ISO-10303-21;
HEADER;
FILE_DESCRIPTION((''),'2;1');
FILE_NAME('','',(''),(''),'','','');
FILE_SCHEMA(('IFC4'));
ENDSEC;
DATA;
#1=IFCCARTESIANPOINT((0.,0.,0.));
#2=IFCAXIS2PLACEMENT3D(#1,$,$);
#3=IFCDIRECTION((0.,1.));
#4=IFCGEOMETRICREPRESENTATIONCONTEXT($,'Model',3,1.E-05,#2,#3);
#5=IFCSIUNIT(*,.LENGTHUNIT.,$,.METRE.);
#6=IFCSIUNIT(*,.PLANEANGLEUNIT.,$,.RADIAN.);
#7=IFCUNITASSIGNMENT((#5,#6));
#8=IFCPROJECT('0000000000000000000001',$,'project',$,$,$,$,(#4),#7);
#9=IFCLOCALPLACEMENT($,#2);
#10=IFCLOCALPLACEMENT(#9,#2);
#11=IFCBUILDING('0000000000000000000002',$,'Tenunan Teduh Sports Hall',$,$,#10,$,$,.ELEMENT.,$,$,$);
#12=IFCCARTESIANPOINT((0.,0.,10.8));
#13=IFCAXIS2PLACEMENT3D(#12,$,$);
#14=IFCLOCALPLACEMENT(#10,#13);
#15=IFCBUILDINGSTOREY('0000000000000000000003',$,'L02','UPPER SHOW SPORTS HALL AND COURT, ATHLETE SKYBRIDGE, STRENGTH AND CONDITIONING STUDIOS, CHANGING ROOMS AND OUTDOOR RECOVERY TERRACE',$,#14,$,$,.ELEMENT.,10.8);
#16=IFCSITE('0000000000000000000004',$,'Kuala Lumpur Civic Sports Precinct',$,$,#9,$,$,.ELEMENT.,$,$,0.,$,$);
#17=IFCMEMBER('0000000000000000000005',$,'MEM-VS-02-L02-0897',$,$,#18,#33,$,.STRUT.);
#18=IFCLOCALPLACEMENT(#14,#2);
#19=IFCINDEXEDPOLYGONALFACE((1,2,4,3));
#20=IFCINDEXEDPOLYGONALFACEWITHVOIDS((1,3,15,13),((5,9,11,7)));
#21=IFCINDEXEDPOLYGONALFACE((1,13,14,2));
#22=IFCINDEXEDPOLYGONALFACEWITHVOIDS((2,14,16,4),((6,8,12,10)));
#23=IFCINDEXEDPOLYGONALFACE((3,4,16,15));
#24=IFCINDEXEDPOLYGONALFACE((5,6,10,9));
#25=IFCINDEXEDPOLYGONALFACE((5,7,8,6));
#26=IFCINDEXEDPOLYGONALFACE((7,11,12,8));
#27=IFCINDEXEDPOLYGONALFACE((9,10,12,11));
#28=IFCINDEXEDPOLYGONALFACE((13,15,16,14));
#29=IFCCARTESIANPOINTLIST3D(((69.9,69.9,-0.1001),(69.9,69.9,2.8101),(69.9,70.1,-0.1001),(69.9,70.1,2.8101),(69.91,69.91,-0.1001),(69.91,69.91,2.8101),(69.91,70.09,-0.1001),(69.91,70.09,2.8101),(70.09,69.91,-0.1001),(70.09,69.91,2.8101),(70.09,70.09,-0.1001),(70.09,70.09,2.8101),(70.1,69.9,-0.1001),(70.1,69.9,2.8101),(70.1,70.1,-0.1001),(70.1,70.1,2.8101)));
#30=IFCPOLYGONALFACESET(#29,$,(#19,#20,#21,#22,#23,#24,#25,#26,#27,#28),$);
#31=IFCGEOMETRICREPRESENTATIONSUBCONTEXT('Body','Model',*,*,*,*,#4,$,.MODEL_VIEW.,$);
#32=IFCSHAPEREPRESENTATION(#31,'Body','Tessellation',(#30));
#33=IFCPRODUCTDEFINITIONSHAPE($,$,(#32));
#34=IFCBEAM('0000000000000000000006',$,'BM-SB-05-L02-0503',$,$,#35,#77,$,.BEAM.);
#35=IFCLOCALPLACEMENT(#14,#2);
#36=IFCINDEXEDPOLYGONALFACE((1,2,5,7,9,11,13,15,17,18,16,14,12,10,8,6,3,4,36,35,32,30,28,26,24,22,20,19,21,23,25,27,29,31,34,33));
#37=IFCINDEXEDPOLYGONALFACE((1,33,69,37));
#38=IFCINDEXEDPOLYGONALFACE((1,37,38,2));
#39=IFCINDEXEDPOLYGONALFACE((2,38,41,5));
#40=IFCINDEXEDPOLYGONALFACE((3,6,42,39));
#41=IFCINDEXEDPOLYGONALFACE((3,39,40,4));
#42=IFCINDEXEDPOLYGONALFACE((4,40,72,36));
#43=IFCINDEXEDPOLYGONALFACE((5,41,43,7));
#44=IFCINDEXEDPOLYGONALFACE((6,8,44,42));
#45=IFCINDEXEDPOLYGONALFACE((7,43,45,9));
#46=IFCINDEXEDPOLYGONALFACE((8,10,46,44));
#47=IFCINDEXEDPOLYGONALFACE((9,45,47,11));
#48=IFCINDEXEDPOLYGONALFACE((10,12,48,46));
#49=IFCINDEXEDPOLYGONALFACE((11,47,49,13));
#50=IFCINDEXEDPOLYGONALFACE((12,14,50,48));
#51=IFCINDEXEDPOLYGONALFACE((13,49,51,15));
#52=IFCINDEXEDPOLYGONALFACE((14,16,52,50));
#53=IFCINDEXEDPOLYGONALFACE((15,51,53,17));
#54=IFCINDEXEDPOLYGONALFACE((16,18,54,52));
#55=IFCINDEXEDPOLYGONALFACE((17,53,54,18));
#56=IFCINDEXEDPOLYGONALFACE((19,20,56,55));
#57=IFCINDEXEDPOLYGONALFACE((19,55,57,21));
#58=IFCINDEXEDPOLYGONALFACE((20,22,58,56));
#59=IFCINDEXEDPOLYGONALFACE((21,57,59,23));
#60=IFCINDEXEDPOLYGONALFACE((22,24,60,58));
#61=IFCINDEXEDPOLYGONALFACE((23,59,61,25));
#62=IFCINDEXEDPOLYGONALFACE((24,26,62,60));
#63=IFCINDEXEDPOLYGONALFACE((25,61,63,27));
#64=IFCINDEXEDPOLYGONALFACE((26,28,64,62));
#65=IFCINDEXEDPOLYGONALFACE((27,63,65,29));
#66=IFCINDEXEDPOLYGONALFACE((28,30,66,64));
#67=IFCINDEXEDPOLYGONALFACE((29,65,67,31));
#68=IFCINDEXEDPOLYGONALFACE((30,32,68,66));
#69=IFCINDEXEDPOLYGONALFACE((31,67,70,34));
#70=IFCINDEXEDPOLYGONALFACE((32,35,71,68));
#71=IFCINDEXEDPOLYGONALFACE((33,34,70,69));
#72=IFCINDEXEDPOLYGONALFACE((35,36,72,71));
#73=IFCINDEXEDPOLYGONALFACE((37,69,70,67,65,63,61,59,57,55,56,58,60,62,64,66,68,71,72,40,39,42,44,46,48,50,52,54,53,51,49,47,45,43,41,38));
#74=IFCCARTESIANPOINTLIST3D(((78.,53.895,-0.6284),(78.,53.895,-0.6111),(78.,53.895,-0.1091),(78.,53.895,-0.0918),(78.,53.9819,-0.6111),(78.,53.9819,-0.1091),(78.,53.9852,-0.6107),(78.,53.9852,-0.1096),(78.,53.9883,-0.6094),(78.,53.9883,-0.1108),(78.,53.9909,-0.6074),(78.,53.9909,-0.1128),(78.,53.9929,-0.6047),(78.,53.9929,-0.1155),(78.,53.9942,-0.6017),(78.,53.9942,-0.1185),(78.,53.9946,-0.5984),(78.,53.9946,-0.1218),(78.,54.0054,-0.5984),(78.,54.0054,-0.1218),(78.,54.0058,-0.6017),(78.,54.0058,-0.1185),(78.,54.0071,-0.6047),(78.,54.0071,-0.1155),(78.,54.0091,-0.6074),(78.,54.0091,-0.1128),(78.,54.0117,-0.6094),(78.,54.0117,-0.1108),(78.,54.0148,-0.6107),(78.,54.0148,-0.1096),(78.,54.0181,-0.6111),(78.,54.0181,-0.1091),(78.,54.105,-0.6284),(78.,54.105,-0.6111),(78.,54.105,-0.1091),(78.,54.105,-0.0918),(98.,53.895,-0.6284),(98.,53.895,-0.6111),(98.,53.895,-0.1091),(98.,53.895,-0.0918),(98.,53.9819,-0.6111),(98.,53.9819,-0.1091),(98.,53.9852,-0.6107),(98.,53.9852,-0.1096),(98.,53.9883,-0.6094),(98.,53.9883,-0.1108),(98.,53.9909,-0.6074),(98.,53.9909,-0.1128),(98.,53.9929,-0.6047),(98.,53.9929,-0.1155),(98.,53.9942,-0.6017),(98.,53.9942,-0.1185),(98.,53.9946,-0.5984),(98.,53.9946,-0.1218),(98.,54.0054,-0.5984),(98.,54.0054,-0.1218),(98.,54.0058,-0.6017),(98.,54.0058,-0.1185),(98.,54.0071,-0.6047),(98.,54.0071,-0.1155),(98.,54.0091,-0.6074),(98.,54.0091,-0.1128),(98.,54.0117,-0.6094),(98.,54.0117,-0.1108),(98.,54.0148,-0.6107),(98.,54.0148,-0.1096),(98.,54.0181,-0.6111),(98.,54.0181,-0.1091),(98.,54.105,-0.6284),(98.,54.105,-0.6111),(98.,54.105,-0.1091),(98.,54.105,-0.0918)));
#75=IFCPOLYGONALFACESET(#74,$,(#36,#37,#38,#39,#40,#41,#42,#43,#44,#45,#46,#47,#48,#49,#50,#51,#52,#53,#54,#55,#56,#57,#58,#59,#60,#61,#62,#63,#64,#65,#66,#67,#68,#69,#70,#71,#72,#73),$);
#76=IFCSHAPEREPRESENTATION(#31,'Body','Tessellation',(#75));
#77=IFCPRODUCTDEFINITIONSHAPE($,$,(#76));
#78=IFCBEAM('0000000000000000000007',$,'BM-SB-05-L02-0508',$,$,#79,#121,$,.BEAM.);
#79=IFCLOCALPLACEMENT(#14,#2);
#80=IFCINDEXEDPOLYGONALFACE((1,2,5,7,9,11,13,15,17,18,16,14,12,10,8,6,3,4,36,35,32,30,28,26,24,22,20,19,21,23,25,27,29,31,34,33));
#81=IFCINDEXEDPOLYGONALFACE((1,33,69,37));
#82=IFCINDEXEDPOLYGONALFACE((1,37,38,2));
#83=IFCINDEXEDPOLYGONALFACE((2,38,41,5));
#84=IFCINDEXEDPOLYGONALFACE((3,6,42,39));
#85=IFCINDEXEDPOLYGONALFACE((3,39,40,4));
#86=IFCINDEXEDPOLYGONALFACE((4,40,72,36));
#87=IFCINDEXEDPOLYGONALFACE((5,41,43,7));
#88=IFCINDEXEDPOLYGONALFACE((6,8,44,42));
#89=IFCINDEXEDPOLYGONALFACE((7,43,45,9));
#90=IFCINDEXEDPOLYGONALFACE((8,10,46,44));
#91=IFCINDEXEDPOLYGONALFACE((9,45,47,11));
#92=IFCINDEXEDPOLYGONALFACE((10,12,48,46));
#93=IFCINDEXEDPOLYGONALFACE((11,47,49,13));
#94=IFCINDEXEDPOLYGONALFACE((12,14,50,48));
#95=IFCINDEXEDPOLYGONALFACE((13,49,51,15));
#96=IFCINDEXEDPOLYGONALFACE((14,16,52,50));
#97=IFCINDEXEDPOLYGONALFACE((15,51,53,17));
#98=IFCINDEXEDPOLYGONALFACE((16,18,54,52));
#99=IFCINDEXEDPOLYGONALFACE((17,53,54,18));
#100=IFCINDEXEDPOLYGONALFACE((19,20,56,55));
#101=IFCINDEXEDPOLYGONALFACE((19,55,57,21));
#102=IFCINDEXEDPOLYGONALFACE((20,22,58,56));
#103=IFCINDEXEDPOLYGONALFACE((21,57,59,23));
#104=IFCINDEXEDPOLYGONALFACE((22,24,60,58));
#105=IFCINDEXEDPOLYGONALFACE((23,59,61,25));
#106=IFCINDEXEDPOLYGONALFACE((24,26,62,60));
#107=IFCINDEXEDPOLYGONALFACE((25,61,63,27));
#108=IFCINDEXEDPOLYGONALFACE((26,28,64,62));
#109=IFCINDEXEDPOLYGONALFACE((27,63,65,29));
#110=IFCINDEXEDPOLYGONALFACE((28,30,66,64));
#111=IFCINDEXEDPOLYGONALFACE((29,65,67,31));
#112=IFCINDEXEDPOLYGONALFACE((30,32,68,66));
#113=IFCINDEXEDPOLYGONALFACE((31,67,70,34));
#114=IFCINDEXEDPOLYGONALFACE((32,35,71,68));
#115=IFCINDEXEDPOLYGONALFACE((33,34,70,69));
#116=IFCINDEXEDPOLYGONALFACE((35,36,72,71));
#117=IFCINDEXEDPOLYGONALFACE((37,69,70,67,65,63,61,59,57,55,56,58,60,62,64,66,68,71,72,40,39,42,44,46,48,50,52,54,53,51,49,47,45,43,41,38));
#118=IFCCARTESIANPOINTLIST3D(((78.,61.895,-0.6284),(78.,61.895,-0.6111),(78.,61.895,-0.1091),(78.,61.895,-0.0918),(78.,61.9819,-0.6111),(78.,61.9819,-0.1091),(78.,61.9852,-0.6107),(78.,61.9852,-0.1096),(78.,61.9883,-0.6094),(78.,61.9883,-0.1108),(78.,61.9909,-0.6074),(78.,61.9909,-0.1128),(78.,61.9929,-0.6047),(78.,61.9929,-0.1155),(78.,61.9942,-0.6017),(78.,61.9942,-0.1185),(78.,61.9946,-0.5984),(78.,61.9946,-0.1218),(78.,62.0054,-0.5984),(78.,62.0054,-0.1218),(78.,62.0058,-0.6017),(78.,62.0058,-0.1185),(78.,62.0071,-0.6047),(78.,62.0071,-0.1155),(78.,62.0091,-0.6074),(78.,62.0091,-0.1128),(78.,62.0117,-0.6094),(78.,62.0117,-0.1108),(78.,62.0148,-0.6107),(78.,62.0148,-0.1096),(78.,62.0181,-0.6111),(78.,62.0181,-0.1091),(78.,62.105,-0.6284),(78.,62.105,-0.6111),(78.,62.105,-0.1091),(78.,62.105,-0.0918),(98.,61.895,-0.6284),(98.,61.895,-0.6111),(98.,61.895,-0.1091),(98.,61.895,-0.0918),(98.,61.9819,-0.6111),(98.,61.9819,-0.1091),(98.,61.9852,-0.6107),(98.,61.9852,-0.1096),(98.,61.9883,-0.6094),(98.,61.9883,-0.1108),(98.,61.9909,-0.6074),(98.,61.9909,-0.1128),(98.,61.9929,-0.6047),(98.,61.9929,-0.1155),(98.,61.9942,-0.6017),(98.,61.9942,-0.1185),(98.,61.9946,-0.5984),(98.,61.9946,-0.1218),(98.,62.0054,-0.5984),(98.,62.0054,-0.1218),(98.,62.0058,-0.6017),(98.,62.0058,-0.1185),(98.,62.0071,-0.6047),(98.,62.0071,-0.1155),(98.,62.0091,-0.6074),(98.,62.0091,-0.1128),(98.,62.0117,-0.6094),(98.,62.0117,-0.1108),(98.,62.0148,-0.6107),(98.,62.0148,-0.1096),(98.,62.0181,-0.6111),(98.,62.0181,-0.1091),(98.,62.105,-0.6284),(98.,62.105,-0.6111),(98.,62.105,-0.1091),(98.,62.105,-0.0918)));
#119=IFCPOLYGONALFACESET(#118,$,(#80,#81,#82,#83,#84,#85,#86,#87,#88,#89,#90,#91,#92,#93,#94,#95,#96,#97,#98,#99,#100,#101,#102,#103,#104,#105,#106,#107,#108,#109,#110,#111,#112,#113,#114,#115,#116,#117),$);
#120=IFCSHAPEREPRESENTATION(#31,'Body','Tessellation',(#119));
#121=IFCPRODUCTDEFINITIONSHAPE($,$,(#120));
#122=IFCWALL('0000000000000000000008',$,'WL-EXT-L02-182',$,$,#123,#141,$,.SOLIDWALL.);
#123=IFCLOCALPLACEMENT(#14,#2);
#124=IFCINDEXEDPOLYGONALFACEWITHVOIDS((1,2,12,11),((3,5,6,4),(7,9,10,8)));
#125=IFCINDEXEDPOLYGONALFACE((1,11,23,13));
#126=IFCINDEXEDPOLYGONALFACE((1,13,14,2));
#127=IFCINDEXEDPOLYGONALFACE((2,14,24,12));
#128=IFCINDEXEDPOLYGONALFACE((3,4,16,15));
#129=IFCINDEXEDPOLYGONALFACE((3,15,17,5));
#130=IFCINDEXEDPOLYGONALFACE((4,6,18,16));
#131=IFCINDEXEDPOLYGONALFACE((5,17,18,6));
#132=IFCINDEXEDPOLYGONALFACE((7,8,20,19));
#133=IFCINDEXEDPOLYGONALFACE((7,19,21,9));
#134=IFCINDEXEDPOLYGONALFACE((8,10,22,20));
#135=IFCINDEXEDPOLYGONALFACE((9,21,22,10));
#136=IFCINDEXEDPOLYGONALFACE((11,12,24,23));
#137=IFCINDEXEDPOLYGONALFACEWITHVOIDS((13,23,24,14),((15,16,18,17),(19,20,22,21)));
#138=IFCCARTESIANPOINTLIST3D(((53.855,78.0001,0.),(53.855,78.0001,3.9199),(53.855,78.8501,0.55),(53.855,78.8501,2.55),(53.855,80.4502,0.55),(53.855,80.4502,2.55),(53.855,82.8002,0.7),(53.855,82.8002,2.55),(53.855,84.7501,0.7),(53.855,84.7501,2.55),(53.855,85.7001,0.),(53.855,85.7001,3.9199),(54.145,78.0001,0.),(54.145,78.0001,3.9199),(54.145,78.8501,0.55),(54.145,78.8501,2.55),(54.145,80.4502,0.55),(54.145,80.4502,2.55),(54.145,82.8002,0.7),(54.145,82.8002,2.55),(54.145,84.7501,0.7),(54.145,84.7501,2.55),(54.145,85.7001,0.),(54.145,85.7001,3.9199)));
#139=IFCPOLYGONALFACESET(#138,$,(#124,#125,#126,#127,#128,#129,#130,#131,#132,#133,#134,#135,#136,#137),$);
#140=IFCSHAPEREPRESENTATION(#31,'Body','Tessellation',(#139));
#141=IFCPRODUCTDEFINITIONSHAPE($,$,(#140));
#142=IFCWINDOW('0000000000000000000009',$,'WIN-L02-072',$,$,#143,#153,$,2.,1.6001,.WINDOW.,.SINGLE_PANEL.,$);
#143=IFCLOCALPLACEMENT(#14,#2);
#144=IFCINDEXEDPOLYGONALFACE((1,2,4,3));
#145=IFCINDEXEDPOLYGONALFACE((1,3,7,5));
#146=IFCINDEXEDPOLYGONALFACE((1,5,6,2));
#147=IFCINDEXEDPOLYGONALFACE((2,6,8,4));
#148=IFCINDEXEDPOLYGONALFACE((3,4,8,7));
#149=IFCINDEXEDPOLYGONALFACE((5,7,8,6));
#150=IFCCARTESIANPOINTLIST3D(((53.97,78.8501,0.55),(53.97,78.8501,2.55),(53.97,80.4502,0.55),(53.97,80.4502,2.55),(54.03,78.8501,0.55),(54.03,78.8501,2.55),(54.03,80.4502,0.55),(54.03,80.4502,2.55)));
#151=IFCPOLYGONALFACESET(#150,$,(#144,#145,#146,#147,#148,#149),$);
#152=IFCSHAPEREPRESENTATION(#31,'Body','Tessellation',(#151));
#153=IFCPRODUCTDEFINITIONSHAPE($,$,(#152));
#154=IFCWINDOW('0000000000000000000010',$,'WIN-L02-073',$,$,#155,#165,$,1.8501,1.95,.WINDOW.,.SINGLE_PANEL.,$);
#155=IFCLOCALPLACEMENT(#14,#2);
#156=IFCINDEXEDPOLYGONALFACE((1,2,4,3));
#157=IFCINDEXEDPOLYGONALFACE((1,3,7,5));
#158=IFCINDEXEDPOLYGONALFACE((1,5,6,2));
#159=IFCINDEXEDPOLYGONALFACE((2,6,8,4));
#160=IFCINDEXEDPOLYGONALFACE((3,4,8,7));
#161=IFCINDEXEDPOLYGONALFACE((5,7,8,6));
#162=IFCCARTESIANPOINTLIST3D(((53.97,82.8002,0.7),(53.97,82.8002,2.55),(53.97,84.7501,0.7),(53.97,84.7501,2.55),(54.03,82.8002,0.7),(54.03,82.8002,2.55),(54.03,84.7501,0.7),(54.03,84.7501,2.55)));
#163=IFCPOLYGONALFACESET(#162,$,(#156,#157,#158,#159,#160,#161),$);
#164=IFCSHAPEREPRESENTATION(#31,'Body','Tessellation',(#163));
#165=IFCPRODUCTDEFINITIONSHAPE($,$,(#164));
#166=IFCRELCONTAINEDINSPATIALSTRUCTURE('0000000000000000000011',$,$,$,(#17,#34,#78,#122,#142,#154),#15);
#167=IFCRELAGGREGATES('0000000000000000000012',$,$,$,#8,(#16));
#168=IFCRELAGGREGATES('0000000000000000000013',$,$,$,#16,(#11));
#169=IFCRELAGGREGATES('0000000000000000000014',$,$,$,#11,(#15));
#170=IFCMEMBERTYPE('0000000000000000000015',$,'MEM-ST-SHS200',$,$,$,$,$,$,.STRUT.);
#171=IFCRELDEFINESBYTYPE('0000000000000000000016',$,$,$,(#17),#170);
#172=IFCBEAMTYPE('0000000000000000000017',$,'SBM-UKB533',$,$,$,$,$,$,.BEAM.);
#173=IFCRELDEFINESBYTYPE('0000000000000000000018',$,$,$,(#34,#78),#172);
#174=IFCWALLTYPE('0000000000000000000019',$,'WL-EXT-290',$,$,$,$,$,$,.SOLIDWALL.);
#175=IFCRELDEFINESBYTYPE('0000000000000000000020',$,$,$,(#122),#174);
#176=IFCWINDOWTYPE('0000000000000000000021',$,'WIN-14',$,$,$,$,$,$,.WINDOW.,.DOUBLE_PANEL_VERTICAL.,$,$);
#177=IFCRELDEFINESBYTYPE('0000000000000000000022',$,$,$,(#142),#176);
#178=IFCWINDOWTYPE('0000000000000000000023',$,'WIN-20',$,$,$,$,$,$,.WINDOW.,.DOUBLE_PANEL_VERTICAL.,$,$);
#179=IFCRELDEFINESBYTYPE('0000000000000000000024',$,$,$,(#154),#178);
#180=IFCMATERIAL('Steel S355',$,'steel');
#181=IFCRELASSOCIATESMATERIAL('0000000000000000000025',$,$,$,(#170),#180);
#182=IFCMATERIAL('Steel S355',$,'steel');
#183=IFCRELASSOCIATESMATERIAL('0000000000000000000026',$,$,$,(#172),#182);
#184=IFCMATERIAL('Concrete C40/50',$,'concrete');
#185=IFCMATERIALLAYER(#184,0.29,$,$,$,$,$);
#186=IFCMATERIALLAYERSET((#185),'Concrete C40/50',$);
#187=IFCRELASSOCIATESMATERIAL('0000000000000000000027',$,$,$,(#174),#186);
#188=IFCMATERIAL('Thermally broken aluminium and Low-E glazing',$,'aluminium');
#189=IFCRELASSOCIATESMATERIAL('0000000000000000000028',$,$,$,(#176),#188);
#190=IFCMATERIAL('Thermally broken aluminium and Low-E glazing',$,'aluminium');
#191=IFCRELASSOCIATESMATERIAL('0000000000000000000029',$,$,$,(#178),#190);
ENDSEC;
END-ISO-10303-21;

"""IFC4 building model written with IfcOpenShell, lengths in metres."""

from ifc_helpers import new_model, si_unit, direction, frame, frame_2d, origin, origin_2d, place, context, subcontext, project, spatial, rectangle, hollow_rectangle, i_section, extrude, material, layer, layer_set, material_profile, profile_set, type_object, element, fill, save


model = new_model("IFC4")

# Units and contexts
model_context = context("Model", 3, precision=1e-05, world=origin(), true_north=direction((0.0, 1.0)))
body_context = subcontext(model_context, "Body", "Model", "MODEL_VIEW")
ifc_project = project(units=[si_unit("LENGTHUNIT", "METRE"), si_unit("PLANEANGLEUNIT", "RADIAN")], contexts=[model_context])

# Site, building, storey
site_placement = place(None, origin())
site = spatial("IfcSite", under=ifc_project, at=site_placement, Name="Kuala Lumpur Civic Sports Precinct", CompositionType="ELEMENT", RefElevation=0.0)
building_placement = place(site_placement, origin())
building = spatial("IfcBuilding", under=site, at=building_placement, Name="Tenunan Teduh Sports Hall", CompositionType="ELEMENT")
storey_placement = place(building_placement, frame((0.0, 0.0, 10.8)))
storey = spatial("IfcBuildingStorey", under=building, at=storey_placement, Name="L02", Description="UPPER SHOW SPORTS HALL AND COURT, ATHLETE SKYBRIDGE, STRENGTH AND CONDITIONING STUDIOS, CHANGING ROOMS AND OUTDOOR RECOVERY TERRACE", CompositionType="ELEMENT", Elevation=10.8)

# Member
ifc_material_1 = material(Name="Steel S355", Category="steel")
ifc_material_profile_1 = material_profile(ifc_material_1, hollow_rectangle(XDim=0.2, YDim=0.2, WallThickness=0.01, at=origin_2d()), Name="SHS 200x200x10.0")
ifc_profile_set_1 = profile_set([ifc_material_profile_1], Name="Steel S355")
member_type_1 = type_object("IfcMemberType", Name="MEM-ST-SHS200", PredefinedType="STRUT", material=ifc_profile_set_1)
member_1_placement = place(storey_placement, frame((70.0, 70.0, -0.1001), z_axis=(0.0, 0.0, 1.0), x_axis=(1.0, 0.0, 0.0)))
element("IfcMember", 1, at=member_1_placement, inside=storey, type_object=member_type_1, Name="MEM-VS-02-L02-0897", PredefinedType="STRUT", context=body_context, shape_type="SweptSolid", body=[
    extrude(hollow_rectangle(XDim=0.2, YDim=0.2, WallThickness=0.01, at=origin_2d()), origin(), (0.0, 0.0, 1.0), 2.9102),
])

# Beams
ifc_material_2 = material(Name="Steel S355", Category="steel")
ifc_material_profile_2 = material_profile(ifc_material_2, i_section(OverallWidth=0.21, OverallDepth=0.5366, WebThickness=0.0107, FlangeThickness=0.0173, FilletRadius=0.0127, at=origin_2d()), Name="UKB 533x210x101")
ifc_profile_set_2 = profile_set([ifc_material_profile_2], Name="Steel S355")
beam_type_1 = type_object("IfcBeamType", Name="SBM-UKB533", PredefinedType="BEAM", material=ifc_profile_set_2)
for number, where, z_axis, x_axis, name in (
    (2, (78.0, 54.0, -0.3601), (1.0, 0.0, 0.0), (0.0, 1.0, 0.0), "BM-SB-05-L02-0503"),
    (3, (78.0, 62.0, -0.3601), (1.0, 0.0, 0.0), (0.0, 1.0, 0.0), "BM-SB-05-L02-0508"),
):
    element("IfcBeam", number, at=place(storey_placement, frame(where, z_axis=z_axis, x_axis=x_axis)), inside=storey, type_object=beam_type_1, Name=name, PredefinedType="BEAM", context=body_context, shape_type="SweptSolid", body=[
        extrude(i_section(OverallWidth=0.21, OverallDepth=0.5366, WebThickness=0.0107, FlangeThickness=0.0173, FilletRadius=0.0127, at=origin_2d()), origin(), (0.0, 0.0, 1.0), 20.0),
    ])

# Wall, openings, windows
ifc_material_3 = material(Name="Concrete C40/50", Category="concrete")
ifc_layer = layer(ifc_material_3, 0.29)
ifc_layer_set = layer_set([ifc_layer], Name="Concrete C40/50")
wall_type = type_object("IfcWallType", Name="WL-EXT-290", PredefinedType="SOLIDWALL", material=ifc_layer_set)
wall_placement = place(storey_placement, frame((54.0, 78.0, 0.0), z_axis=(0.0, 0.0, 1.0), x_axis=(0.0, 1.0, 0.0)))
wall = element("IfcWall", 4, at=wall_placement, inside=storey, type_object=wall_type, Name="WL-EXT-L02-182", PredefinedType="SOLIDWALL", context=body_context, shape_type="SweptSolid", body=[
    extrude(rectangle(XDim=7.7, YDim=0.29, at=frame_2d((3.8501, 0.0))), origin(), (0.0, 0.0, 1.0), 3.9199),
])
opening_1_placement = place(wall_placement, frame((0.8501, 0.0, 0.55)))
opening_1 = element("IfcOpeningElement", 5, at=opening_1_placement, cuts=wall, PredefinedType="OPENING", context=body_context, shape_type="SweptSolid", body=[
    extrude(rectangle(XDim=1.6001, YDim=2.0, at=frame_2d((0.8, 1.0))), frame((0.0, 0.155, 0.0), z_axis=(0.0, -1.0, 0.0), x_axis=(1.0, 0.0, 0.0)), (0.0, 0.0, 1.0), 0.3101),
])
opening_2_placement = place(wall_placement, frame((4.8, 0.0, 0.7)))
opening_2 = element("IfcOpeningElement", 6, at=opening_2_placement, cuts=wall, PredefinedType="OPENING", context=body_context, shape_type="SweptSolid", body=[
    extrude(rectangle(XDim=1.95, YDim=1.8501, at=frame_2d((0.9751, 0.925))), frame((0.0, 0.155, 0.0), z_axis=(0.0, -1.0, 0.0), x_axis=(1.0, 0.0, 0.0)), (0.0, 0.0, 1.0), 0.3101),
])
ifc_material_4 = material(Name="Thermally broken aluminium and Low-E glazing", Category="aluminium")
window_type_1 = type_object("IfcWindowType", Name="WIN-14", PartitioningType="DOUBLE_PANEL_VERTICAL", PredefinedType="WINDOW", material=ifc_material_4)
window_1_placement = place(opening_1_placement, origin())
window_1 = element("IfcWindow", 7, at=window_1_placement, inside=storey, type_object=window_type_1, Name="WIN-L02-072", OverallHeight=2.0, OverallWidth=1.6001, PartitioningType="SINGLE_PANEL", PredefinedType="WINDOW", context=body_context, shape_type="SweptSolid", body=[
    extrude(rectangle(XDim=1.6001, YDim=2.0, at=frame_2d((0.8, 1.0))), frame((0.0, 0.03, 0.0), z_axis=(0.0, -1.0, 0.0), x_axis=(1.0, 0.0, 0.0)), (0.0, 0.0, 1.0), 0.0601),
])
fill(opening_1, window_1)
ifc_material_5 = material(Name="Thermally broken aluminium and Low-E glazing", Category="aluminium")
window_type_2 = type_object("IfcWindowType", Name="WIN-20", PartitioningType="DOUBLE_PANEL_VERTICAL", PredefinedType="WINDOW", material=ifc_material_5)
window_2_placement = place(opening_2_placement, origin())
window_2 = element("IfcWindow", 8, at=window_2_placement, inside=storey, type_object=window_type_2, Name="WIN-L02-073", OverallHeight=1.8501, OverallWidth=1.95, PartitioningType="SINGLE_PANEL", PredefinedType="WINDOW", context=body_context, shape_type="SweptSolid", body=[
    extrude(rectangle(XDim=1.95, YDim=1.8501, at=frame_2d((0.9751, 0.925))), frame((0.0, 0.03, 0.0), z_axis=(0.0, -1.0, 0.0), x_axis=(1.0, 0.0, 0.0)), (0.0, 0.0, 1.0), 0.0601),
])
fill(opening_2, window_2)

save(model, "model.ifc")
